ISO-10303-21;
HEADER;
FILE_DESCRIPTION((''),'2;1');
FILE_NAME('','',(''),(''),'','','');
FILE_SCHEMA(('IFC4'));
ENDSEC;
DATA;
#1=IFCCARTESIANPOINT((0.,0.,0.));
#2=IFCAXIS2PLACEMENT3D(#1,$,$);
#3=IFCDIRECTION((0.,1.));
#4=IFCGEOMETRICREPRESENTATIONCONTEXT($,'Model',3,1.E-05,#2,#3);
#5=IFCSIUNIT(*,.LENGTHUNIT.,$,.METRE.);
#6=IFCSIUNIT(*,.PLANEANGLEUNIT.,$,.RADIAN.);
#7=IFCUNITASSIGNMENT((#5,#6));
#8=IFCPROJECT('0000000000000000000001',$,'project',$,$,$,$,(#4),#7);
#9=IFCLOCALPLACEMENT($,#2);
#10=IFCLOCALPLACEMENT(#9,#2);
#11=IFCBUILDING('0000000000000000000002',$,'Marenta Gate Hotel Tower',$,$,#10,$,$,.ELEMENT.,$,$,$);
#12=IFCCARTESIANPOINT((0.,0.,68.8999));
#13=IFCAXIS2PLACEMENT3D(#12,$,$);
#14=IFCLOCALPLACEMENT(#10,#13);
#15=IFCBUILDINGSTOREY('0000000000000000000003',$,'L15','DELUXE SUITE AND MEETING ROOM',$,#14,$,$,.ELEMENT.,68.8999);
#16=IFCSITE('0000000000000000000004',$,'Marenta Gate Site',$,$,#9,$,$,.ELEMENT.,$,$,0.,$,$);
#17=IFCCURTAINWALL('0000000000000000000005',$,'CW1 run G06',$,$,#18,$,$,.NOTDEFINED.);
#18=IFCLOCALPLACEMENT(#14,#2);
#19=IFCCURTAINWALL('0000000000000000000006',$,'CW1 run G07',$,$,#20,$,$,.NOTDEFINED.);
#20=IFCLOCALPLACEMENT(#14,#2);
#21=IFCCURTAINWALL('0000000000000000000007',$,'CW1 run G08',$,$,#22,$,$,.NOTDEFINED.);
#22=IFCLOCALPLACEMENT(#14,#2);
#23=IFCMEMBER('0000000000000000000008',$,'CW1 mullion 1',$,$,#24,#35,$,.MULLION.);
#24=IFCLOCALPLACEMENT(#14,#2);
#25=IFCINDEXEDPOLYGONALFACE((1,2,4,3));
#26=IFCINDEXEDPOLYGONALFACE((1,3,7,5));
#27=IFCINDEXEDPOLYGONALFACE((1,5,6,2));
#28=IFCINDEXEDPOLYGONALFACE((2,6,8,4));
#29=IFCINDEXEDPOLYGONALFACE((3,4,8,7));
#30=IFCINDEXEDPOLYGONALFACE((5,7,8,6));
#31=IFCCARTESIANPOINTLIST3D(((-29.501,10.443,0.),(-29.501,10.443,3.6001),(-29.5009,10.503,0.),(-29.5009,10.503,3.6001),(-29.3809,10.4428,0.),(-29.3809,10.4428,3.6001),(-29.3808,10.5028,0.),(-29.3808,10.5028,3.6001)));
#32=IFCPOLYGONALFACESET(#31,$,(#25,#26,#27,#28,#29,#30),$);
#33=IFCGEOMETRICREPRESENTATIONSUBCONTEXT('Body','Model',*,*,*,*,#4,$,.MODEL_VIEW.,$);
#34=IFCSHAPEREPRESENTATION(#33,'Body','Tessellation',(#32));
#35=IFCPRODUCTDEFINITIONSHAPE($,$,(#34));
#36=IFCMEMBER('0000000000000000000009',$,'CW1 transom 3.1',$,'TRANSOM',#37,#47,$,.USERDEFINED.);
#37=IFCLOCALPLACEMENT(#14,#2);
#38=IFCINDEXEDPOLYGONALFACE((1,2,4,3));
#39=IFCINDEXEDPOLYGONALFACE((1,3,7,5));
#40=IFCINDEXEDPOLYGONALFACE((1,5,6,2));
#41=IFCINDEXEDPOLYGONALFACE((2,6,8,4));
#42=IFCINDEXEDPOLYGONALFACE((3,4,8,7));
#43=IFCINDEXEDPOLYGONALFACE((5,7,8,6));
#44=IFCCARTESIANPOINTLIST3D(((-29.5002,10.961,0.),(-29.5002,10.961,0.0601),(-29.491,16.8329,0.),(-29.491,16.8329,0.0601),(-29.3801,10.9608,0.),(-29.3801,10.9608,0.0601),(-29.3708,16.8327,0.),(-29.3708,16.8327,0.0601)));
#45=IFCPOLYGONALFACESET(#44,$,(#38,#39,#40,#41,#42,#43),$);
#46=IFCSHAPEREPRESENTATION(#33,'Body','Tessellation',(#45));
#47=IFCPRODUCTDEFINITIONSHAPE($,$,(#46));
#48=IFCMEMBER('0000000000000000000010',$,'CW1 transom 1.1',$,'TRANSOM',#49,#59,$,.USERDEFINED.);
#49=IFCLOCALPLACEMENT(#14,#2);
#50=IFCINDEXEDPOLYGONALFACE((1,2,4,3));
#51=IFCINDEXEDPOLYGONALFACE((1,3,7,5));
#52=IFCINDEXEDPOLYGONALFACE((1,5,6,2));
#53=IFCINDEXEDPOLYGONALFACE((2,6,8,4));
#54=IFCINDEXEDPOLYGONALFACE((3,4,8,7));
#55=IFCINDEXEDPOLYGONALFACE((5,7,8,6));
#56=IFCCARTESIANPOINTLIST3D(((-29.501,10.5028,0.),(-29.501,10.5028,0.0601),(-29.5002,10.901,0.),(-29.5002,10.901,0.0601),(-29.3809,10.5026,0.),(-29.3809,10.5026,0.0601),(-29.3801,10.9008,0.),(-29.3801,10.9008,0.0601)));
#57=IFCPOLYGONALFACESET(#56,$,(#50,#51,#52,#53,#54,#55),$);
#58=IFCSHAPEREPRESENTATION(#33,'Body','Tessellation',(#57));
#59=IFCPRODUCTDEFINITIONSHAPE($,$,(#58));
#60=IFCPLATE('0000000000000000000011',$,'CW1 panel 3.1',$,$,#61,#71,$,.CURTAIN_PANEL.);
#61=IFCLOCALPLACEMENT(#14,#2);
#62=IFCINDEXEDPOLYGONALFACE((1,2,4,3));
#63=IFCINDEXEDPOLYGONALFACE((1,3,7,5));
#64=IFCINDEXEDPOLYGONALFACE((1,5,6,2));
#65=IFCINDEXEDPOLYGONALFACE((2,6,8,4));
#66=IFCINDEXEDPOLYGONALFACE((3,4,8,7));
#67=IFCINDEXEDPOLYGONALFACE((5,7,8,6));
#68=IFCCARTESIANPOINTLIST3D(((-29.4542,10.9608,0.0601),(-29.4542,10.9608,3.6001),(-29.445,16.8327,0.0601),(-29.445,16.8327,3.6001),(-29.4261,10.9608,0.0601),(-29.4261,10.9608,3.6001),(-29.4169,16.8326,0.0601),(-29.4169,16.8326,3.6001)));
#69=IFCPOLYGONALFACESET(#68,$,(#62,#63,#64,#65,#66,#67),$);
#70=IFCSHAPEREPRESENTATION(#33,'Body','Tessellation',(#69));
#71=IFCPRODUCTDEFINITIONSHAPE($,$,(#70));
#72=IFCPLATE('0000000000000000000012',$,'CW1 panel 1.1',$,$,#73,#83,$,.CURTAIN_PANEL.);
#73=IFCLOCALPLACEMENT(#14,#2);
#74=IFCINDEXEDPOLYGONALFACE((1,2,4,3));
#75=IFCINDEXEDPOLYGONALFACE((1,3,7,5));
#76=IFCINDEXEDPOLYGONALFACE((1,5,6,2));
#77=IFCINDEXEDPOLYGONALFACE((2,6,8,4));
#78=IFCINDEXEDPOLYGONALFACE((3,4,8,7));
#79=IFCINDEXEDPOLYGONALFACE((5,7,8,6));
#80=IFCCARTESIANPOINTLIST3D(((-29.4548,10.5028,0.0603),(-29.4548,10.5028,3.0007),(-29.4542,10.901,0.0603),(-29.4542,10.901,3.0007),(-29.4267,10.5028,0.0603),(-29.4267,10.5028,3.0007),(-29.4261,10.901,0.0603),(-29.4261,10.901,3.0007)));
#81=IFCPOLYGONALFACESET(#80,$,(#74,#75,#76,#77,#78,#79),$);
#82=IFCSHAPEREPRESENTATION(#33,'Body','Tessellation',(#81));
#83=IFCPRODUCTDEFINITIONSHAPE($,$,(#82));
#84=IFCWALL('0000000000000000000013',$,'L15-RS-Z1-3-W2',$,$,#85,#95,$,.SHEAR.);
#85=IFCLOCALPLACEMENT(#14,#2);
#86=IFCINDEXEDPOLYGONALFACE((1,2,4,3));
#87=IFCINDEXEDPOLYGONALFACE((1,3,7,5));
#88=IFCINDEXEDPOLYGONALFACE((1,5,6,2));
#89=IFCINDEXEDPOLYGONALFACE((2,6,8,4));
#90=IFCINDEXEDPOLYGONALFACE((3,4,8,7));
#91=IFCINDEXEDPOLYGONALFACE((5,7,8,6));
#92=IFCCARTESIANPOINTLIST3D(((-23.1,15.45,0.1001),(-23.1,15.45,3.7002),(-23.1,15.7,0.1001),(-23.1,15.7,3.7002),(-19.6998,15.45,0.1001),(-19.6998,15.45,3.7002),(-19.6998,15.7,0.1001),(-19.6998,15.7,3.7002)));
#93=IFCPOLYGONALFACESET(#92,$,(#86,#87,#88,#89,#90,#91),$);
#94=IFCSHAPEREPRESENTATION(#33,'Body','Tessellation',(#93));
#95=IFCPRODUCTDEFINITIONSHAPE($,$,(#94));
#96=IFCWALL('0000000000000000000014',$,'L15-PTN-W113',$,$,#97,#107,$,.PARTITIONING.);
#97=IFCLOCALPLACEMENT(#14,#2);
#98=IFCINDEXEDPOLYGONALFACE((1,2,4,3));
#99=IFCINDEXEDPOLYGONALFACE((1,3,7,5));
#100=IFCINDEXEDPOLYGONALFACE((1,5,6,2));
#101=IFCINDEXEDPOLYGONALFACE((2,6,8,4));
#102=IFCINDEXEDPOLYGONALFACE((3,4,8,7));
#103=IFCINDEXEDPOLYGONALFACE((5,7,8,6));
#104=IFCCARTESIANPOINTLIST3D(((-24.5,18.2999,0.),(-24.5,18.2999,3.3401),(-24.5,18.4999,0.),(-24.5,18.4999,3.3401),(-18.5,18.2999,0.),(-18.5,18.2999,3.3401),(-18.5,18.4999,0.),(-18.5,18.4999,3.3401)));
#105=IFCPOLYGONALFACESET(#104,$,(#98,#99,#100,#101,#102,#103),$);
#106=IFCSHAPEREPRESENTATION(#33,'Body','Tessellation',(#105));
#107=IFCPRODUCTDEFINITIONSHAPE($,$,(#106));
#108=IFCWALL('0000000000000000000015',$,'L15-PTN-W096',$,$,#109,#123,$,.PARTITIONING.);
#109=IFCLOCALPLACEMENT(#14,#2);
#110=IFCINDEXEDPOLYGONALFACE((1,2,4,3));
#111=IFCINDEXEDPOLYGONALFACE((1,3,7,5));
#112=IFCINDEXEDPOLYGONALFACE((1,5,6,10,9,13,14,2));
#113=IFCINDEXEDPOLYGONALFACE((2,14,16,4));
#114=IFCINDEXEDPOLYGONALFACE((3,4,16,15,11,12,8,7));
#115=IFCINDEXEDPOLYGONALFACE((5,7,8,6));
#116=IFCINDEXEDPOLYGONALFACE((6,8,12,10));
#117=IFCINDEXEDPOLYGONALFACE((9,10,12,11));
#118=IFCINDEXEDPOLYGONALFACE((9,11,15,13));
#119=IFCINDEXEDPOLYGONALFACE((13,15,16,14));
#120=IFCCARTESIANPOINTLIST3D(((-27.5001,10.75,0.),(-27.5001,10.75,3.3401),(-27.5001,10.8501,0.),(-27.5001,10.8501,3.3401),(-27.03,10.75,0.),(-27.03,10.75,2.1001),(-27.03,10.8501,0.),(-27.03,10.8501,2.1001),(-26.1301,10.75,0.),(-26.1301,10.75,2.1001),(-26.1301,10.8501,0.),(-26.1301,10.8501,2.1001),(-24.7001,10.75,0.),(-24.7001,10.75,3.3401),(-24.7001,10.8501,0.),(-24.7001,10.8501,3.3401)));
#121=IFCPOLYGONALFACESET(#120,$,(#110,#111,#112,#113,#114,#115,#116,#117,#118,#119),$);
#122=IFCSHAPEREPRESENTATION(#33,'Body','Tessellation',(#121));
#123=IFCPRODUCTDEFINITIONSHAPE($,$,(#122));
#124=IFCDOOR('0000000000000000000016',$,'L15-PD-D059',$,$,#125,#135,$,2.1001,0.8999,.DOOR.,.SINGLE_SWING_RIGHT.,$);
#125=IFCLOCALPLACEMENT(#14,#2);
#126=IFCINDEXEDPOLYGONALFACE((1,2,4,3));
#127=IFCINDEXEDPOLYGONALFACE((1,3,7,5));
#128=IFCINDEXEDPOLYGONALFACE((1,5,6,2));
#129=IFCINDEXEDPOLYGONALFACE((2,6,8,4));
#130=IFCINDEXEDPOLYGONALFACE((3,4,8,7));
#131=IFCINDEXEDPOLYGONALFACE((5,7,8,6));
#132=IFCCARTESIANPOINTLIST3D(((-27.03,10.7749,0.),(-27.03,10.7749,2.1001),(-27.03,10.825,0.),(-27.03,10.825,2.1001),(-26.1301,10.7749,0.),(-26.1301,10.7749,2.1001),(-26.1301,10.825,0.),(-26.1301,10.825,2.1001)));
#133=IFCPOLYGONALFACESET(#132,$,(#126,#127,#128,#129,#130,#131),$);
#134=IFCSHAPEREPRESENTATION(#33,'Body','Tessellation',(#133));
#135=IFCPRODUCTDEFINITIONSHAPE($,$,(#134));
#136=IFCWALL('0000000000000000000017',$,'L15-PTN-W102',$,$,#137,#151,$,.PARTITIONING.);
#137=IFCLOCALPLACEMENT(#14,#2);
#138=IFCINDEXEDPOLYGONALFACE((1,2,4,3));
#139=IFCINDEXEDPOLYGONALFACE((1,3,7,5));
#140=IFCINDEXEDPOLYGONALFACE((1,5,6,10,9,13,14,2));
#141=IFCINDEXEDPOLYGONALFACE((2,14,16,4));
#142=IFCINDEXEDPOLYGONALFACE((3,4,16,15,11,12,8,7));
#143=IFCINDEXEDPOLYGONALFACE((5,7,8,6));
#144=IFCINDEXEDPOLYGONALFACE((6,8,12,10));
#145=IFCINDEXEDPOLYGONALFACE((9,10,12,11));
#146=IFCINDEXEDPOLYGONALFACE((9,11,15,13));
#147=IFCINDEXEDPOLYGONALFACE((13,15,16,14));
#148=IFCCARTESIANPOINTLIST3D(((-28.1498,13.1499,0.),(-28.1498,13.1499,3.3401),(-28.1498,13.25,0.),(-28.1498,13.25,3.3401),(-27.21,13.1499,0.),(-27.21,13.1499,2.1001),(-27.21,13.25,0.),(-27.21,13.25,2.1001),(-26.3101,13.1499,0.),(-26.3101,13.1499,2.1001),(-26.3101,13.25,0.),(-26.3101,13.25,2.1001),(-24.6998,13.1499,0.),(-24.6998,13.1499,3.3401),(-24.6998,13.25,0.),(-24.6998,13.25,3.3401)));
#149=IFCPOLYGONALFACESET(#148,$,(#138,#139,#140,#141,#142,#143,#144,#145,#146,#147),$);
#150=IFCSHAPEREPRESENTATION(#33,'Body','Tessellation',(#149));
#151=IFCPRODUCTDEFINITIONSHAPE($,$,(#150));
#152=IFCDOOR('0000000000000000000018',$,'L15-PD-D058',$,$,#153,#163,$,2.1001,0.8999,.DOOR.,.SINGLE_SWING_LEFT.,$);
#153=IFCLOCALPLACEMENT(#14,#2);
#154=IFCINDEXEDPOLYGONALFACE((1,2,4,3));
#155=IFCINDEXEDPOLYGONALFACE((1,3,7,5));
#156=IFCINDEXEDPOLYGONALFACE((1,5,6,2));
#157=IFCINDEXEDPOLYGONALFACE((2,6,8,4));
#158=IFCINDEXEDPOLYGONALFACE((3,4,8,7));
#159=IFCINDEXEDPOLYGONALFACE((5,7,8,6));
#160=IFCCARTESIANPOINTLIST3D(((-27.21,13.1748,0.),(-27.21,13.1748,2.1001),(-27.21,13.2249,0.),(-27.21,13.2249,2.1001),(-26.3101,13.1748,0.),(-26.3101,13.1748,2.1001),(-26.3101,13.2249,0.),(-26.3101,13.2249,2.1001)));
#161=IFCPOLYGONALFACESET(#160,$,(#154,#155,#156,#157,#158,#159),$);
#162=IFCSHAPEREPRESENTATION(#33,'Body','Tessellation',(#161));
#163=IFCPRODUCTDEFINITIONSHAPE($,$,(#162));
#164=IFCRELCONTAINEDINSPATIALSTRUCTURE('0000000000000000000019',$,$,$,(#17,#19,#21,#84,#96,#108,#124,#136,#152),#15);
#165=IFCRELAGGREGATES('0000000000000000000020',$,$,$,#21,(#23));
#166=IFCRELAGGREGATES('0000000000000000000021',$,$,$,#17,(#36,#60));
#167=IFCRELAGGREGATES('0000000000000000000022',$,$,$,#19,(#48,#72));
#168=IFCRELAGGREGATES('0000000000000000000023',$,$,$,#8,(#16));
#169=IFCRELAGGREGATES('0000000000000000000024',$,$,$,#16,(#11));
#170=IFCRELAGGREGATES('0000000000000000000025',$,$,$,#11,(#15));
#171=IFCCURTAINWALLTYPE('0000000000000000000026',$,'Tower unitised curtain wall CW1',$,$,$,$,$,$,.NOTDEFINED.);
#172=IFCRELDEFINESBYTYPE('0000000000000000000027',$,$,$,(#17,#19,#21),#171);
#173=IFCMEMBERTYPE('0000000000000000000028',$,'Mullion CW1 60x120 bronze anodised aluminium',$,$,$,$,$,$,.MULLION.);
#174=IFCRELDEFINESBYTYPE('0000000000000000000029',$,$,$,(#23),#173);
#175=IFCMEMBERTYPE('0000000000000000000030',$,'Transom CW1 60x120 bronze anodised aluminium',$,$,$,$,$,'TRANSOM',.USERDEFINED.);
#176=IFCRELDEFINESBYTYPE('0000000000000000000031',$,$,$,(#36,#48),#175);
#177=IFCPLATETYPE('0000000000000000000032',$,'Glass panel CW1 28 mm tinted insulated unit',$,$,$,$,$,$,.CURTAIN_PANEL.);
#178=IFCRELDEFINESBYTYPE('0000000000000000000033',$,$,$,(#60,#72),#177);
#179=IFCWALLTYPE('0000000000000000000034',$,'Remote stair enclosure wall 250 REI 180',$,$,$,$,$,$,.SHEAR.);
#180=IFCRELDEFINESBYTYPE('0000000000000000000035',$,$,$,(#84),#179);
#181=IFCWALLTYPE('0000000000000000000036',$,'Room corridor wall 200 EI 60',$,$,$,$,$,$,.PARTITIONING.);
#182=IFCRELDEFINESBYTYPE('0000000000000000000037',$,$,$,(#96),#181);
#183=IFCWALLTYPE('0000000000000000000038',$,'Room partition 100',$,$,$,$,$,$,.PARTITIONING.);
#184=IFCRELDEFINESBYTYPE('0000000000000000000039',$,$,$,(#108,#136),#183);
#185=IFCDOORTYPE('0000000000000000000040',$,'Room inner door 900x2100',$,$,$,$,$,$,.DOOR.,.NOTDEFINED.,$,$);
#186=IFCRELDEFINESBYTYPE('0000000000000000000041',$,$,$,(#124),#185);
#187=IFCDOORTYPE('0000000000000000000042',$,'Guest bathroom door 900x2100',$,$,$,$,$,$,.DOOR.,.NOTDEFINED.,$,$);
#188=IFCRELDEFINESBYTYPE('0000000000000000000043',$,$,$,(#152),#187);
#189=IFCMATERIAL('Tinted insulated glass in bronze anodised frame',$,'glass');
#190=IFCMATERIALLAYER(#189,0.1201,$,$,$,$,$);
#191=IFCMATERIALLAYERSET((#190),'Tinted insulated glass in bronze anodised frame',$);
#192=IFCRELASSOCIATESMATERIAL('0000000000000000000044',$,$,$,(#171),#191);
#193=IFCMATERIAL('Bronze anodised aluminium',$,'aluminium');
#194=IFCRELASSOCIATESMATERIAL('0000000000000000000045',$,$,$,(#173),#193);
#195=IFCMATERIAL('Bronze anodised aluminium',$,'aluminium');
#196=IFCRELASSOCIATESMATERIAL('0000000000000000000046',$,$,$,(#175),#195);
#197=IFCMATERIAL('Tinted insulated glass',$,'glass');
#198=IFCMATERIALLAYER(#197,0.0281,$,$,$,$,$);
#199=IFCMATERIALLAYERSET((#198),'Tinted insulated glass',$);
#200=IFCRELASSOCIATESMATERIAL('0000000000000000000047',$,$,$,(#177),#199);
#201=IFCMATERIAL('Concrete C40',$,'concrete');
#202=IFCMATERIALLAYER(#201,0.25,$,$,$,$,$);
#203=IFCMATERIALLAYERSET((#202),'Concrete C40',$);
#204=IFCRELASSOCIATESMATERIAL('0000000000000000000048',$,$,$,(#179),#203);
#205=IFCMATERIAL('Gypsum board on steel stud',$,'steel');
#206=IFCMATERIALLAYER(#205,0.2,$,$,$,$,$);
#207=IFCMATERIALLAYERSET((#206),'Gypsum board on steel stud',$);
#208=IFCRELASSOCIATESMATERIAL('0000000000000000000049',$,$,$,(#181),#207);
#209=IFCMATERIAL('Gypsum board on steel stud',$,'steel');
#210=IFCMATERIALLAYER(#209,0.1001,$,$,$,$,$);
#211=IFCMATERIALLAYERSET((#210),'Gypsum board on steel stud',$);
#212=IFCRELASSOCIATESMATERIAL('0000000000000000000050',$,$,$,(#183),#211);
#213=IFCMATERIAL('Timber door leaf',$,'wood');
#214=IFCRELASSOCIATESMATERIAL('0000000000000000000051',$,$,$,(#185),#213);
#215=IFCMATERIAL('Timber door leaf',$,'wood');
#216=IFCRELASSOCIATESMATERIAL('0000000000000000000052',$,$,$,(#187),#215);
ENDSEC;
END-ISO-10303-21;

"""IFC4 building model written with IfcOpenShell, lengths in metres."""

from ifc_helpers import new_model, si_unit, direction, frame, frame_2d, origin, origin_2d, place, context, subcontext, project, spatial, rectangle, extrude, material, layer, layer_set, material_profile, profile_set, type_object, element, fill, aggregate, save


model = new_model("IFC4")

# Units and contexts
model_context = context("Model", 3, precision=1e-05, world=origin(), true_north=direction((0.0, 1.0)))
body_context = subcontext(model_context, "Body", "Model", "MODEL_VIEW")
ifc_project = project(units=[si_unit("LENGTHUNIT", "METRE"), si_unit("PLANEANGLEUNIT", "RADIAN")], contexts=[model_context])

# Site, building, storey
site_placement = place(None, origin())
site = spatial("IfcSite", under=ifc_project, at=site_placement, Name="Marenta Gate Site", CompositionType="ELEMENT", RefElevation=0.0)
building_placement = place(site_placement, origin())
building = spatial("IfcBuilding", under=site, at=building_placement, Name="Marenta Gate Hotel Tower", CompositionType="ELEMENT")
storey_placement = place(building_placement, frame((0.0, 0.0, 68.8999)))
storey = spatial("IfcBuildingStorey", under=building, at=storey_placement, Name="L15", Description="DELUXE SUITE AND MEETING ROOM", CompositionType="ELEMENT", Elevation=68.8999)

# Curtain walls, member
ifc_material_1 = material(Name="Tinted insulated glass in bronze anodised frame", Category="glass")
ifc_layer_1 = layer(ifc_material_1, 0.1201)
ifc_layer_set_1 = layer_set([ifc_layer_1], Name="Tinted insulated glass in bronze anodised frame")
curtain_wall_type = type_object("IfcCurtainWallType", Name="Tower unitised curtain wall CW1", PredefinedType="NOTDEFINED", material=ifc_layer_set_1)
curtain_wall_1_placement = place(storey_placement, origin())
curtain_wall_1 = element("IfcCurtainWall", 1, at=curtain_wall_1_placement, inside=storey, type_object=curtain_wall_type, Name="CW1 run G06", PredefinedType="NOTDEFINED")
ifc_material_2 = material(Name="Bronze anodised aluminium", Category="aluminium")
ifc_material_profile_1 = material_profile(ifc_material_2, rectangle(XDim=0.1201, YDim=0.0601, at=origin_2d()), Name="Mullion CW1 60x120 bronze anodised aluminium")
ifc_profile_set_1 = profile_set([ifc_material_profile_1], Name="Bronze anodised aluminium")
member_type_1 = type_object("IfcMemberType", Name="Mullion CW1 60x120 bronze anodised aluminium", PredefinedType="MULLION", material=ifc_profile_set_1)
curtain_wall_2_placement = place(storey_placement, origin())
curtain_wall_2 = element("IfcCurtainWall", 2, at=curtain_wall_2_placement, inside=storey, type_object=curtain_wall_type, Name="CW1 run G07", PredefinedType="NOTDEFINED")
curtain_wall_3_placement = place(storey_placement, origin())
curtain_wall_3 = element("IfcCurtainWall", 3, at=curtain_wall_3_placement, inside=storey, type_object=curtain_wall_type, Name="CW1 run G08", PredefinedType="NOTDEFINED")
member_1_placement = place(storey_placement, frame((-29.4409, 10.4729, 0.0), z_axis=(0.0, 0.0, 1.0), x_axis=(0.999999, -0.001565, 0.0)))
member_1 = element("IfcMember", 4, at=member_1_placement, type_object=member_type_1, Name="CW1 mullion 1", PredefinedType="MULLION", context=body_context, shape_type="SweptSolid", body=[
    extrude(rectangle(XDim=0.1201, YDim=0.0601, at=origin_2d()), origin(), (0.0, 0.0, 1.0), 3.6001),
])
aggregate(curtain_wall_3, [member_1])

# Members
ifc_material_3 = material(Name="Bronze anodised aluminium", Category="aluminium")
ifc_material_profile_2 = material_profile(ifc_material_3, rectangle(XDim=0.1201, YDim=0.0601, at=origin_2d()), Name="Transom CW1 60x120 bronze anodised aluminium")
ifc_profile_set_2 = profile_set([ifc_material_profile_2], Name="Bronze anodised aluminium")
member_type_2 = type_object("IfcMemberType", Name="Transom CW1 60x120 bronze anodised aluminium", ElementType="TRANSOM", PredefinedType="USERDEFINED", material=ifc_profile_set_2)
member_2_placement = place(storey_placement, frame((-29.4309, 16.8328, 0.03), z_axis=(-0.00158, -0.999999, 0.0), x_axis=(0.999999, -0.00158, 0.0)))
member_2 = element("IfcMember", 5, at=member_2_placement, type_object=member_type_2, Name="CW1 transom 3.1", ObjectType="TRANSOM", PredefinedType="USERDEFINED", context=body_context, shape_type="SweptSolid", body=[
    extrude(rectangle(XDim=0.1201, YDim=0.0601, at=origin_2d()), origin(), (0.0, 0.0, 1.0), 5.8718),
])
member_3_placement = place(storey_placement, frame((-29.4402, 10.9009, 0.03), z_axis=(-0.001839, -0.999998, 0.0), x_axis=(0.999998, -0.001839, 0.0)))
member_3 = element("IfcMember", 6, at=member_3_placement, type_object=member_type_2, Name="CW1 transom 1.1", ObjectType="TRANSOM", PredefinedType="USERDEFINED", context=body_context, shape_type="SweptSolid", body=[
    extrude(rectangle(XDim=0.1201, YDim=0.0601, at=origin_2d()), origin(), (0.0, 0.0, 1.0), 0.3982),
])

# Plates
ifc_material_4 = material(Name="Tinted insulated glass", Category="glass")
ifc_layer_2 = layer(ifc_material_4, 0.0281)
ifc_layer_set_2 = layer_set([ifc_layer_2], Name="Tinted insulated glass")
plate_type = type_object("IfcPlateType", Name="Glass panel CW1 28 mm tinted insulated unit", PredefinedType="CURTAIN_PANEL", material=ifc_layer_set_2)
plate_1_placement = place(storey_placement, frame((-29.4355, 13.8967, 0.0601), z_axis=(0.0, 0.0, 1.0), x_axis=(-0.00157, -0.999999, 0.0)))
plate_1 = element("IfcPlate", 7, at=plate_1_placement, type_object=plate_type, Name="CW1 panel 3.1", PredefinedType="CURTAIN_PANEL", context=body_context, shape_type="SweptSolid", body=[
    extrude(rectangle(XDim=5.8718, YDim=0.0281, at=origin_2d()), origin(), (0.0, 0.0, 1.0), 3.54),
])
aggregate(curtain_wall_1, [member_2, plate_1])
plate_2_placement = place(storey_placement, frame((-29.4404, 10.7019, 0.0603), z_axis=(0.0, 0.0, 1.0), x_axis=(-0.001528, -0.999999, 0.0)))
plate_2 = element("IfcPlate", 8, at=plate_2_placement, type_object=plate_type, Name="CW1 panel 1.1", PredefinedType="CURTAIN_PANEL", context=body_context, shape_type="SweptSolid", body=[
    extrude(rectangle(XDim=0.3982, YDim=0.0281, at=origin_2d()), origin(), (0.0, 0.0, 1.0), 2.9404),
])
aggregate(curtain_wall_2, [member_3, plate_2])

# Walls
ifc_material_5 = material(Name="Concrete C40", Category="concrete")
ifc_layer_3 = layer(ifc_material_5, 0.25)
ifc_layer_set_3 = layer_set([ifc_layer_3], Name="Concrete C40")
wall_type_1 = type_object("IfcWallType", Name="Remote stair enclosure wall 250 REI 180", PredefinedType="SHEAR", material=ifc_layer_set_3)
wall_1_placement = place(storey_placement, frame((-23.1001, 15.575, 0.1001), z_axis=(0.0, 0.0, 1.0), x_axis=(1.0, 0.0, 0.0)))
element("IfcWall", 9, at=wall_1_placement, inside=storey, type_object=wall_type_1, Name="L15-RS-Z1-3-W2", PredefinedType="SHEAR", context=body_context, shape_type="SweptSolid", body=[
    extrude(rectangle(XDim=3.4001, YDim=0.25, at=frame_2d((1.7002, 0.0))), origin(), (0.0, 0.0, 1.0), 3.6001),
])
ifc_material_6 = material(Name="Gypsum board on steel stud", Category="steel")
ifc_layer_4 = layer(ifc_material_6, 0.2)
ifc_layer_set_4 = layer_set([ifc_layer_4], Name="Gypsum board on steel stud")
wall_type_2 = type_object("IfcWallType", Name="Room corridor wall 200 EI 60", PredefinedType="PARTITIONING", material=ifc_layer_set_4)
wall_2_placement = place(storey_placement, frame((-24.5, 18.3999, 0.0), z_axis=(0.0, 0.0, 1.0), x_axis=(1.0, 0.0, 0.0)))
element("IfcWall", 10, at=wall_2_placement, inside=storey, type_object=wall_type_2, Name="L15-PTN-W113", PredefinedType="PARTITIONING", context=body_context, shape_type="SweptSolid", body=[
    extrude(rectangle(XDim=6.0, YDim=0.2, at=frame_2d((3.0, 0.0))), origin(), (0.0, 0.0, 1.0), 3.3401),
])

# Walls, openings, doors
ifc_material_7 = material(Name="Gypsum board on steel stud", Category="steel")
ifc_layer_5 = layer(ifc_material_7, 0.1001)
ifc_layer_set_5 = layer_set([ifc_layer_5], Name="Gypsum board on steel stud")
wall_type_3 = type_object("IfcWallType", Name="Room partition 100", PredefinedType="PARTITIONING", material=ifc_layer_set_5)
wall_3_placement = place(storey_placement, frame((-27.5, 10.8, 0.0), z_axis=(0.0, 0.0, 1.0), x_axis=(1.0, 0.0, 0.0)))
wall_3 = element("IfcWall", 11, at=wall_3_placement, inside=storey, type_object=wall_type_3, Name="L15-PTN-W096", PredefinedType="PARTITIONING", context=body_context, shape_type="SweptSolid", body=[
    extrude(rectangle(XDim=2.8, YDim=0.1001, at=frame_2d((1.3999, 0.0))), origin(), (0.0, 0.0, 1.0), 3.3401),
])
opening_1_placement = place(wall_3_placement, frame((0.47, 0.0, 0.0)))
opening_1 = element("IfcOpeningElement", 12, at=opening_1_placement, cuts=wall_3, PredefinedType="OPENING", context=body_context, shape_type="SweptSolid", body=[
    extrude(rectangle(XDim=0.8999, YDim=2.1001, at=frame_2d((0.45, 1.05))), frame((0.0, 0.05, 0.0), z_axis=(0.0, -1.0, 0.0), x_axis=(1.0, 0.0, 0.0)), (0.0, 0.0, 1.0), 0.1001),
])
ifc_material_8 = material(Name="Timber door leaf", Category="wood")
door_type_1 = type_object("IfcDoorType", Name="Room inner door 900x2100", OperationType="NOTDEFINED", PredefinedType="DOOR", material=ifc_material_8)
door_1_placement = place(opening_1_placement, origin())
door_1 = element("IfcDoor", 13, at=door_1_placement, inside=storey, type_object=door_type_1, Name="L15-PD-D059", OperationType="SINGLE_SWING_RIGHT", OverallHeight=2.1001, OverallWidth=0.8999, PredefinedType="DOOR", context=body_context, shape_type="SweptSolid", body=[
    extrude(rectangle(XDim=0.8999, YDim=2.1001, at=frame_2d((0.45, 1.05))), frame((0.0, 0.0249, 0.0), z_axis=(0.0, -1.0, 0.0), x_axis=(1.0, 0.0, 0.0)), (0.0, 0.0, 1.0), 0.05),
])
fill(opening_1, door_1)
wall_4_placement = place(storey_placement, frame((-28.1499, 13.2, 0.0), z_axis=(0.0, 0.0, 1.0), x_axis=(1.0, 0.0, 0.0)))
wall_4 = element("IfcWall", 14, at=wall_4_placement, inside=storey, type_object=wall_type_3, Name="L15-PTN-W102", PredefinedType="PARTITIONING", context=body_context, shape_type="SweptSolid", body=[
    extrude(rectangle(XDim=3.45, YDim=0.1001, at=frame_2d((1.7251, 0.0))), origin(), (0.0, 0.0, 1.0), 3.3401),
])
opening_2_placement = place(wall_4_placement, frame((0.9399, 0.0, 0.0)))
opening_2 = element("IfcOpeningElement", 15, at=opening_2_placement, cuts=wall_4, PredefinedType="OPENING", context=body_context, shape_type="SweptSolid", body=[
    extrude(rectangle(XDim=0.8999, YDim=2.1001, at=frame_2d((0.45, 1.05))), frame((0.0, 0.05, 0.0), z_axis=(0.0, -1.0, 0.0), x_axis=(1.0, 0.0, 0.0)), (0.0, 0.0, 1.0), 0.1001),
])
ifc_material_9 = material(Name="Timber door leaf", Category="wood")
door_type_2 = type_object("IfcDoorType", Name="Guest bathroom door 900x2100", OperationType="NOTDEFINED", PredefinedType="DOOR", material=ifc_material_9)
door_2_placement = place(opening_2_placement, origin())
door_2 = element("IfcDoor", 16, at=door_2_placement, inside=storey, type_object=door_type_2, Name="L15-PD-D058", OperationType="SINGLE_SWING_LEFT", OverallHeight=2.1001, OverallWidth=0.8999, PredefinedType="DOOR", context=body_context, shape_type="SweptSolid", body=[
    extrude(rectangle(XDim=0.8999, YDim=2.1001, at=frame_2d((0.45, 1.05))), frame((0.0, 0.0249, 0.0), z_axis=(0.0, -1.0, 0.0), x_axis=(1.0, 0.0, 0.0)), (0.0, 0.0, 1.0), 0.05),
])
fill(opening_2, door_2)

save(model, "model.ifc")
